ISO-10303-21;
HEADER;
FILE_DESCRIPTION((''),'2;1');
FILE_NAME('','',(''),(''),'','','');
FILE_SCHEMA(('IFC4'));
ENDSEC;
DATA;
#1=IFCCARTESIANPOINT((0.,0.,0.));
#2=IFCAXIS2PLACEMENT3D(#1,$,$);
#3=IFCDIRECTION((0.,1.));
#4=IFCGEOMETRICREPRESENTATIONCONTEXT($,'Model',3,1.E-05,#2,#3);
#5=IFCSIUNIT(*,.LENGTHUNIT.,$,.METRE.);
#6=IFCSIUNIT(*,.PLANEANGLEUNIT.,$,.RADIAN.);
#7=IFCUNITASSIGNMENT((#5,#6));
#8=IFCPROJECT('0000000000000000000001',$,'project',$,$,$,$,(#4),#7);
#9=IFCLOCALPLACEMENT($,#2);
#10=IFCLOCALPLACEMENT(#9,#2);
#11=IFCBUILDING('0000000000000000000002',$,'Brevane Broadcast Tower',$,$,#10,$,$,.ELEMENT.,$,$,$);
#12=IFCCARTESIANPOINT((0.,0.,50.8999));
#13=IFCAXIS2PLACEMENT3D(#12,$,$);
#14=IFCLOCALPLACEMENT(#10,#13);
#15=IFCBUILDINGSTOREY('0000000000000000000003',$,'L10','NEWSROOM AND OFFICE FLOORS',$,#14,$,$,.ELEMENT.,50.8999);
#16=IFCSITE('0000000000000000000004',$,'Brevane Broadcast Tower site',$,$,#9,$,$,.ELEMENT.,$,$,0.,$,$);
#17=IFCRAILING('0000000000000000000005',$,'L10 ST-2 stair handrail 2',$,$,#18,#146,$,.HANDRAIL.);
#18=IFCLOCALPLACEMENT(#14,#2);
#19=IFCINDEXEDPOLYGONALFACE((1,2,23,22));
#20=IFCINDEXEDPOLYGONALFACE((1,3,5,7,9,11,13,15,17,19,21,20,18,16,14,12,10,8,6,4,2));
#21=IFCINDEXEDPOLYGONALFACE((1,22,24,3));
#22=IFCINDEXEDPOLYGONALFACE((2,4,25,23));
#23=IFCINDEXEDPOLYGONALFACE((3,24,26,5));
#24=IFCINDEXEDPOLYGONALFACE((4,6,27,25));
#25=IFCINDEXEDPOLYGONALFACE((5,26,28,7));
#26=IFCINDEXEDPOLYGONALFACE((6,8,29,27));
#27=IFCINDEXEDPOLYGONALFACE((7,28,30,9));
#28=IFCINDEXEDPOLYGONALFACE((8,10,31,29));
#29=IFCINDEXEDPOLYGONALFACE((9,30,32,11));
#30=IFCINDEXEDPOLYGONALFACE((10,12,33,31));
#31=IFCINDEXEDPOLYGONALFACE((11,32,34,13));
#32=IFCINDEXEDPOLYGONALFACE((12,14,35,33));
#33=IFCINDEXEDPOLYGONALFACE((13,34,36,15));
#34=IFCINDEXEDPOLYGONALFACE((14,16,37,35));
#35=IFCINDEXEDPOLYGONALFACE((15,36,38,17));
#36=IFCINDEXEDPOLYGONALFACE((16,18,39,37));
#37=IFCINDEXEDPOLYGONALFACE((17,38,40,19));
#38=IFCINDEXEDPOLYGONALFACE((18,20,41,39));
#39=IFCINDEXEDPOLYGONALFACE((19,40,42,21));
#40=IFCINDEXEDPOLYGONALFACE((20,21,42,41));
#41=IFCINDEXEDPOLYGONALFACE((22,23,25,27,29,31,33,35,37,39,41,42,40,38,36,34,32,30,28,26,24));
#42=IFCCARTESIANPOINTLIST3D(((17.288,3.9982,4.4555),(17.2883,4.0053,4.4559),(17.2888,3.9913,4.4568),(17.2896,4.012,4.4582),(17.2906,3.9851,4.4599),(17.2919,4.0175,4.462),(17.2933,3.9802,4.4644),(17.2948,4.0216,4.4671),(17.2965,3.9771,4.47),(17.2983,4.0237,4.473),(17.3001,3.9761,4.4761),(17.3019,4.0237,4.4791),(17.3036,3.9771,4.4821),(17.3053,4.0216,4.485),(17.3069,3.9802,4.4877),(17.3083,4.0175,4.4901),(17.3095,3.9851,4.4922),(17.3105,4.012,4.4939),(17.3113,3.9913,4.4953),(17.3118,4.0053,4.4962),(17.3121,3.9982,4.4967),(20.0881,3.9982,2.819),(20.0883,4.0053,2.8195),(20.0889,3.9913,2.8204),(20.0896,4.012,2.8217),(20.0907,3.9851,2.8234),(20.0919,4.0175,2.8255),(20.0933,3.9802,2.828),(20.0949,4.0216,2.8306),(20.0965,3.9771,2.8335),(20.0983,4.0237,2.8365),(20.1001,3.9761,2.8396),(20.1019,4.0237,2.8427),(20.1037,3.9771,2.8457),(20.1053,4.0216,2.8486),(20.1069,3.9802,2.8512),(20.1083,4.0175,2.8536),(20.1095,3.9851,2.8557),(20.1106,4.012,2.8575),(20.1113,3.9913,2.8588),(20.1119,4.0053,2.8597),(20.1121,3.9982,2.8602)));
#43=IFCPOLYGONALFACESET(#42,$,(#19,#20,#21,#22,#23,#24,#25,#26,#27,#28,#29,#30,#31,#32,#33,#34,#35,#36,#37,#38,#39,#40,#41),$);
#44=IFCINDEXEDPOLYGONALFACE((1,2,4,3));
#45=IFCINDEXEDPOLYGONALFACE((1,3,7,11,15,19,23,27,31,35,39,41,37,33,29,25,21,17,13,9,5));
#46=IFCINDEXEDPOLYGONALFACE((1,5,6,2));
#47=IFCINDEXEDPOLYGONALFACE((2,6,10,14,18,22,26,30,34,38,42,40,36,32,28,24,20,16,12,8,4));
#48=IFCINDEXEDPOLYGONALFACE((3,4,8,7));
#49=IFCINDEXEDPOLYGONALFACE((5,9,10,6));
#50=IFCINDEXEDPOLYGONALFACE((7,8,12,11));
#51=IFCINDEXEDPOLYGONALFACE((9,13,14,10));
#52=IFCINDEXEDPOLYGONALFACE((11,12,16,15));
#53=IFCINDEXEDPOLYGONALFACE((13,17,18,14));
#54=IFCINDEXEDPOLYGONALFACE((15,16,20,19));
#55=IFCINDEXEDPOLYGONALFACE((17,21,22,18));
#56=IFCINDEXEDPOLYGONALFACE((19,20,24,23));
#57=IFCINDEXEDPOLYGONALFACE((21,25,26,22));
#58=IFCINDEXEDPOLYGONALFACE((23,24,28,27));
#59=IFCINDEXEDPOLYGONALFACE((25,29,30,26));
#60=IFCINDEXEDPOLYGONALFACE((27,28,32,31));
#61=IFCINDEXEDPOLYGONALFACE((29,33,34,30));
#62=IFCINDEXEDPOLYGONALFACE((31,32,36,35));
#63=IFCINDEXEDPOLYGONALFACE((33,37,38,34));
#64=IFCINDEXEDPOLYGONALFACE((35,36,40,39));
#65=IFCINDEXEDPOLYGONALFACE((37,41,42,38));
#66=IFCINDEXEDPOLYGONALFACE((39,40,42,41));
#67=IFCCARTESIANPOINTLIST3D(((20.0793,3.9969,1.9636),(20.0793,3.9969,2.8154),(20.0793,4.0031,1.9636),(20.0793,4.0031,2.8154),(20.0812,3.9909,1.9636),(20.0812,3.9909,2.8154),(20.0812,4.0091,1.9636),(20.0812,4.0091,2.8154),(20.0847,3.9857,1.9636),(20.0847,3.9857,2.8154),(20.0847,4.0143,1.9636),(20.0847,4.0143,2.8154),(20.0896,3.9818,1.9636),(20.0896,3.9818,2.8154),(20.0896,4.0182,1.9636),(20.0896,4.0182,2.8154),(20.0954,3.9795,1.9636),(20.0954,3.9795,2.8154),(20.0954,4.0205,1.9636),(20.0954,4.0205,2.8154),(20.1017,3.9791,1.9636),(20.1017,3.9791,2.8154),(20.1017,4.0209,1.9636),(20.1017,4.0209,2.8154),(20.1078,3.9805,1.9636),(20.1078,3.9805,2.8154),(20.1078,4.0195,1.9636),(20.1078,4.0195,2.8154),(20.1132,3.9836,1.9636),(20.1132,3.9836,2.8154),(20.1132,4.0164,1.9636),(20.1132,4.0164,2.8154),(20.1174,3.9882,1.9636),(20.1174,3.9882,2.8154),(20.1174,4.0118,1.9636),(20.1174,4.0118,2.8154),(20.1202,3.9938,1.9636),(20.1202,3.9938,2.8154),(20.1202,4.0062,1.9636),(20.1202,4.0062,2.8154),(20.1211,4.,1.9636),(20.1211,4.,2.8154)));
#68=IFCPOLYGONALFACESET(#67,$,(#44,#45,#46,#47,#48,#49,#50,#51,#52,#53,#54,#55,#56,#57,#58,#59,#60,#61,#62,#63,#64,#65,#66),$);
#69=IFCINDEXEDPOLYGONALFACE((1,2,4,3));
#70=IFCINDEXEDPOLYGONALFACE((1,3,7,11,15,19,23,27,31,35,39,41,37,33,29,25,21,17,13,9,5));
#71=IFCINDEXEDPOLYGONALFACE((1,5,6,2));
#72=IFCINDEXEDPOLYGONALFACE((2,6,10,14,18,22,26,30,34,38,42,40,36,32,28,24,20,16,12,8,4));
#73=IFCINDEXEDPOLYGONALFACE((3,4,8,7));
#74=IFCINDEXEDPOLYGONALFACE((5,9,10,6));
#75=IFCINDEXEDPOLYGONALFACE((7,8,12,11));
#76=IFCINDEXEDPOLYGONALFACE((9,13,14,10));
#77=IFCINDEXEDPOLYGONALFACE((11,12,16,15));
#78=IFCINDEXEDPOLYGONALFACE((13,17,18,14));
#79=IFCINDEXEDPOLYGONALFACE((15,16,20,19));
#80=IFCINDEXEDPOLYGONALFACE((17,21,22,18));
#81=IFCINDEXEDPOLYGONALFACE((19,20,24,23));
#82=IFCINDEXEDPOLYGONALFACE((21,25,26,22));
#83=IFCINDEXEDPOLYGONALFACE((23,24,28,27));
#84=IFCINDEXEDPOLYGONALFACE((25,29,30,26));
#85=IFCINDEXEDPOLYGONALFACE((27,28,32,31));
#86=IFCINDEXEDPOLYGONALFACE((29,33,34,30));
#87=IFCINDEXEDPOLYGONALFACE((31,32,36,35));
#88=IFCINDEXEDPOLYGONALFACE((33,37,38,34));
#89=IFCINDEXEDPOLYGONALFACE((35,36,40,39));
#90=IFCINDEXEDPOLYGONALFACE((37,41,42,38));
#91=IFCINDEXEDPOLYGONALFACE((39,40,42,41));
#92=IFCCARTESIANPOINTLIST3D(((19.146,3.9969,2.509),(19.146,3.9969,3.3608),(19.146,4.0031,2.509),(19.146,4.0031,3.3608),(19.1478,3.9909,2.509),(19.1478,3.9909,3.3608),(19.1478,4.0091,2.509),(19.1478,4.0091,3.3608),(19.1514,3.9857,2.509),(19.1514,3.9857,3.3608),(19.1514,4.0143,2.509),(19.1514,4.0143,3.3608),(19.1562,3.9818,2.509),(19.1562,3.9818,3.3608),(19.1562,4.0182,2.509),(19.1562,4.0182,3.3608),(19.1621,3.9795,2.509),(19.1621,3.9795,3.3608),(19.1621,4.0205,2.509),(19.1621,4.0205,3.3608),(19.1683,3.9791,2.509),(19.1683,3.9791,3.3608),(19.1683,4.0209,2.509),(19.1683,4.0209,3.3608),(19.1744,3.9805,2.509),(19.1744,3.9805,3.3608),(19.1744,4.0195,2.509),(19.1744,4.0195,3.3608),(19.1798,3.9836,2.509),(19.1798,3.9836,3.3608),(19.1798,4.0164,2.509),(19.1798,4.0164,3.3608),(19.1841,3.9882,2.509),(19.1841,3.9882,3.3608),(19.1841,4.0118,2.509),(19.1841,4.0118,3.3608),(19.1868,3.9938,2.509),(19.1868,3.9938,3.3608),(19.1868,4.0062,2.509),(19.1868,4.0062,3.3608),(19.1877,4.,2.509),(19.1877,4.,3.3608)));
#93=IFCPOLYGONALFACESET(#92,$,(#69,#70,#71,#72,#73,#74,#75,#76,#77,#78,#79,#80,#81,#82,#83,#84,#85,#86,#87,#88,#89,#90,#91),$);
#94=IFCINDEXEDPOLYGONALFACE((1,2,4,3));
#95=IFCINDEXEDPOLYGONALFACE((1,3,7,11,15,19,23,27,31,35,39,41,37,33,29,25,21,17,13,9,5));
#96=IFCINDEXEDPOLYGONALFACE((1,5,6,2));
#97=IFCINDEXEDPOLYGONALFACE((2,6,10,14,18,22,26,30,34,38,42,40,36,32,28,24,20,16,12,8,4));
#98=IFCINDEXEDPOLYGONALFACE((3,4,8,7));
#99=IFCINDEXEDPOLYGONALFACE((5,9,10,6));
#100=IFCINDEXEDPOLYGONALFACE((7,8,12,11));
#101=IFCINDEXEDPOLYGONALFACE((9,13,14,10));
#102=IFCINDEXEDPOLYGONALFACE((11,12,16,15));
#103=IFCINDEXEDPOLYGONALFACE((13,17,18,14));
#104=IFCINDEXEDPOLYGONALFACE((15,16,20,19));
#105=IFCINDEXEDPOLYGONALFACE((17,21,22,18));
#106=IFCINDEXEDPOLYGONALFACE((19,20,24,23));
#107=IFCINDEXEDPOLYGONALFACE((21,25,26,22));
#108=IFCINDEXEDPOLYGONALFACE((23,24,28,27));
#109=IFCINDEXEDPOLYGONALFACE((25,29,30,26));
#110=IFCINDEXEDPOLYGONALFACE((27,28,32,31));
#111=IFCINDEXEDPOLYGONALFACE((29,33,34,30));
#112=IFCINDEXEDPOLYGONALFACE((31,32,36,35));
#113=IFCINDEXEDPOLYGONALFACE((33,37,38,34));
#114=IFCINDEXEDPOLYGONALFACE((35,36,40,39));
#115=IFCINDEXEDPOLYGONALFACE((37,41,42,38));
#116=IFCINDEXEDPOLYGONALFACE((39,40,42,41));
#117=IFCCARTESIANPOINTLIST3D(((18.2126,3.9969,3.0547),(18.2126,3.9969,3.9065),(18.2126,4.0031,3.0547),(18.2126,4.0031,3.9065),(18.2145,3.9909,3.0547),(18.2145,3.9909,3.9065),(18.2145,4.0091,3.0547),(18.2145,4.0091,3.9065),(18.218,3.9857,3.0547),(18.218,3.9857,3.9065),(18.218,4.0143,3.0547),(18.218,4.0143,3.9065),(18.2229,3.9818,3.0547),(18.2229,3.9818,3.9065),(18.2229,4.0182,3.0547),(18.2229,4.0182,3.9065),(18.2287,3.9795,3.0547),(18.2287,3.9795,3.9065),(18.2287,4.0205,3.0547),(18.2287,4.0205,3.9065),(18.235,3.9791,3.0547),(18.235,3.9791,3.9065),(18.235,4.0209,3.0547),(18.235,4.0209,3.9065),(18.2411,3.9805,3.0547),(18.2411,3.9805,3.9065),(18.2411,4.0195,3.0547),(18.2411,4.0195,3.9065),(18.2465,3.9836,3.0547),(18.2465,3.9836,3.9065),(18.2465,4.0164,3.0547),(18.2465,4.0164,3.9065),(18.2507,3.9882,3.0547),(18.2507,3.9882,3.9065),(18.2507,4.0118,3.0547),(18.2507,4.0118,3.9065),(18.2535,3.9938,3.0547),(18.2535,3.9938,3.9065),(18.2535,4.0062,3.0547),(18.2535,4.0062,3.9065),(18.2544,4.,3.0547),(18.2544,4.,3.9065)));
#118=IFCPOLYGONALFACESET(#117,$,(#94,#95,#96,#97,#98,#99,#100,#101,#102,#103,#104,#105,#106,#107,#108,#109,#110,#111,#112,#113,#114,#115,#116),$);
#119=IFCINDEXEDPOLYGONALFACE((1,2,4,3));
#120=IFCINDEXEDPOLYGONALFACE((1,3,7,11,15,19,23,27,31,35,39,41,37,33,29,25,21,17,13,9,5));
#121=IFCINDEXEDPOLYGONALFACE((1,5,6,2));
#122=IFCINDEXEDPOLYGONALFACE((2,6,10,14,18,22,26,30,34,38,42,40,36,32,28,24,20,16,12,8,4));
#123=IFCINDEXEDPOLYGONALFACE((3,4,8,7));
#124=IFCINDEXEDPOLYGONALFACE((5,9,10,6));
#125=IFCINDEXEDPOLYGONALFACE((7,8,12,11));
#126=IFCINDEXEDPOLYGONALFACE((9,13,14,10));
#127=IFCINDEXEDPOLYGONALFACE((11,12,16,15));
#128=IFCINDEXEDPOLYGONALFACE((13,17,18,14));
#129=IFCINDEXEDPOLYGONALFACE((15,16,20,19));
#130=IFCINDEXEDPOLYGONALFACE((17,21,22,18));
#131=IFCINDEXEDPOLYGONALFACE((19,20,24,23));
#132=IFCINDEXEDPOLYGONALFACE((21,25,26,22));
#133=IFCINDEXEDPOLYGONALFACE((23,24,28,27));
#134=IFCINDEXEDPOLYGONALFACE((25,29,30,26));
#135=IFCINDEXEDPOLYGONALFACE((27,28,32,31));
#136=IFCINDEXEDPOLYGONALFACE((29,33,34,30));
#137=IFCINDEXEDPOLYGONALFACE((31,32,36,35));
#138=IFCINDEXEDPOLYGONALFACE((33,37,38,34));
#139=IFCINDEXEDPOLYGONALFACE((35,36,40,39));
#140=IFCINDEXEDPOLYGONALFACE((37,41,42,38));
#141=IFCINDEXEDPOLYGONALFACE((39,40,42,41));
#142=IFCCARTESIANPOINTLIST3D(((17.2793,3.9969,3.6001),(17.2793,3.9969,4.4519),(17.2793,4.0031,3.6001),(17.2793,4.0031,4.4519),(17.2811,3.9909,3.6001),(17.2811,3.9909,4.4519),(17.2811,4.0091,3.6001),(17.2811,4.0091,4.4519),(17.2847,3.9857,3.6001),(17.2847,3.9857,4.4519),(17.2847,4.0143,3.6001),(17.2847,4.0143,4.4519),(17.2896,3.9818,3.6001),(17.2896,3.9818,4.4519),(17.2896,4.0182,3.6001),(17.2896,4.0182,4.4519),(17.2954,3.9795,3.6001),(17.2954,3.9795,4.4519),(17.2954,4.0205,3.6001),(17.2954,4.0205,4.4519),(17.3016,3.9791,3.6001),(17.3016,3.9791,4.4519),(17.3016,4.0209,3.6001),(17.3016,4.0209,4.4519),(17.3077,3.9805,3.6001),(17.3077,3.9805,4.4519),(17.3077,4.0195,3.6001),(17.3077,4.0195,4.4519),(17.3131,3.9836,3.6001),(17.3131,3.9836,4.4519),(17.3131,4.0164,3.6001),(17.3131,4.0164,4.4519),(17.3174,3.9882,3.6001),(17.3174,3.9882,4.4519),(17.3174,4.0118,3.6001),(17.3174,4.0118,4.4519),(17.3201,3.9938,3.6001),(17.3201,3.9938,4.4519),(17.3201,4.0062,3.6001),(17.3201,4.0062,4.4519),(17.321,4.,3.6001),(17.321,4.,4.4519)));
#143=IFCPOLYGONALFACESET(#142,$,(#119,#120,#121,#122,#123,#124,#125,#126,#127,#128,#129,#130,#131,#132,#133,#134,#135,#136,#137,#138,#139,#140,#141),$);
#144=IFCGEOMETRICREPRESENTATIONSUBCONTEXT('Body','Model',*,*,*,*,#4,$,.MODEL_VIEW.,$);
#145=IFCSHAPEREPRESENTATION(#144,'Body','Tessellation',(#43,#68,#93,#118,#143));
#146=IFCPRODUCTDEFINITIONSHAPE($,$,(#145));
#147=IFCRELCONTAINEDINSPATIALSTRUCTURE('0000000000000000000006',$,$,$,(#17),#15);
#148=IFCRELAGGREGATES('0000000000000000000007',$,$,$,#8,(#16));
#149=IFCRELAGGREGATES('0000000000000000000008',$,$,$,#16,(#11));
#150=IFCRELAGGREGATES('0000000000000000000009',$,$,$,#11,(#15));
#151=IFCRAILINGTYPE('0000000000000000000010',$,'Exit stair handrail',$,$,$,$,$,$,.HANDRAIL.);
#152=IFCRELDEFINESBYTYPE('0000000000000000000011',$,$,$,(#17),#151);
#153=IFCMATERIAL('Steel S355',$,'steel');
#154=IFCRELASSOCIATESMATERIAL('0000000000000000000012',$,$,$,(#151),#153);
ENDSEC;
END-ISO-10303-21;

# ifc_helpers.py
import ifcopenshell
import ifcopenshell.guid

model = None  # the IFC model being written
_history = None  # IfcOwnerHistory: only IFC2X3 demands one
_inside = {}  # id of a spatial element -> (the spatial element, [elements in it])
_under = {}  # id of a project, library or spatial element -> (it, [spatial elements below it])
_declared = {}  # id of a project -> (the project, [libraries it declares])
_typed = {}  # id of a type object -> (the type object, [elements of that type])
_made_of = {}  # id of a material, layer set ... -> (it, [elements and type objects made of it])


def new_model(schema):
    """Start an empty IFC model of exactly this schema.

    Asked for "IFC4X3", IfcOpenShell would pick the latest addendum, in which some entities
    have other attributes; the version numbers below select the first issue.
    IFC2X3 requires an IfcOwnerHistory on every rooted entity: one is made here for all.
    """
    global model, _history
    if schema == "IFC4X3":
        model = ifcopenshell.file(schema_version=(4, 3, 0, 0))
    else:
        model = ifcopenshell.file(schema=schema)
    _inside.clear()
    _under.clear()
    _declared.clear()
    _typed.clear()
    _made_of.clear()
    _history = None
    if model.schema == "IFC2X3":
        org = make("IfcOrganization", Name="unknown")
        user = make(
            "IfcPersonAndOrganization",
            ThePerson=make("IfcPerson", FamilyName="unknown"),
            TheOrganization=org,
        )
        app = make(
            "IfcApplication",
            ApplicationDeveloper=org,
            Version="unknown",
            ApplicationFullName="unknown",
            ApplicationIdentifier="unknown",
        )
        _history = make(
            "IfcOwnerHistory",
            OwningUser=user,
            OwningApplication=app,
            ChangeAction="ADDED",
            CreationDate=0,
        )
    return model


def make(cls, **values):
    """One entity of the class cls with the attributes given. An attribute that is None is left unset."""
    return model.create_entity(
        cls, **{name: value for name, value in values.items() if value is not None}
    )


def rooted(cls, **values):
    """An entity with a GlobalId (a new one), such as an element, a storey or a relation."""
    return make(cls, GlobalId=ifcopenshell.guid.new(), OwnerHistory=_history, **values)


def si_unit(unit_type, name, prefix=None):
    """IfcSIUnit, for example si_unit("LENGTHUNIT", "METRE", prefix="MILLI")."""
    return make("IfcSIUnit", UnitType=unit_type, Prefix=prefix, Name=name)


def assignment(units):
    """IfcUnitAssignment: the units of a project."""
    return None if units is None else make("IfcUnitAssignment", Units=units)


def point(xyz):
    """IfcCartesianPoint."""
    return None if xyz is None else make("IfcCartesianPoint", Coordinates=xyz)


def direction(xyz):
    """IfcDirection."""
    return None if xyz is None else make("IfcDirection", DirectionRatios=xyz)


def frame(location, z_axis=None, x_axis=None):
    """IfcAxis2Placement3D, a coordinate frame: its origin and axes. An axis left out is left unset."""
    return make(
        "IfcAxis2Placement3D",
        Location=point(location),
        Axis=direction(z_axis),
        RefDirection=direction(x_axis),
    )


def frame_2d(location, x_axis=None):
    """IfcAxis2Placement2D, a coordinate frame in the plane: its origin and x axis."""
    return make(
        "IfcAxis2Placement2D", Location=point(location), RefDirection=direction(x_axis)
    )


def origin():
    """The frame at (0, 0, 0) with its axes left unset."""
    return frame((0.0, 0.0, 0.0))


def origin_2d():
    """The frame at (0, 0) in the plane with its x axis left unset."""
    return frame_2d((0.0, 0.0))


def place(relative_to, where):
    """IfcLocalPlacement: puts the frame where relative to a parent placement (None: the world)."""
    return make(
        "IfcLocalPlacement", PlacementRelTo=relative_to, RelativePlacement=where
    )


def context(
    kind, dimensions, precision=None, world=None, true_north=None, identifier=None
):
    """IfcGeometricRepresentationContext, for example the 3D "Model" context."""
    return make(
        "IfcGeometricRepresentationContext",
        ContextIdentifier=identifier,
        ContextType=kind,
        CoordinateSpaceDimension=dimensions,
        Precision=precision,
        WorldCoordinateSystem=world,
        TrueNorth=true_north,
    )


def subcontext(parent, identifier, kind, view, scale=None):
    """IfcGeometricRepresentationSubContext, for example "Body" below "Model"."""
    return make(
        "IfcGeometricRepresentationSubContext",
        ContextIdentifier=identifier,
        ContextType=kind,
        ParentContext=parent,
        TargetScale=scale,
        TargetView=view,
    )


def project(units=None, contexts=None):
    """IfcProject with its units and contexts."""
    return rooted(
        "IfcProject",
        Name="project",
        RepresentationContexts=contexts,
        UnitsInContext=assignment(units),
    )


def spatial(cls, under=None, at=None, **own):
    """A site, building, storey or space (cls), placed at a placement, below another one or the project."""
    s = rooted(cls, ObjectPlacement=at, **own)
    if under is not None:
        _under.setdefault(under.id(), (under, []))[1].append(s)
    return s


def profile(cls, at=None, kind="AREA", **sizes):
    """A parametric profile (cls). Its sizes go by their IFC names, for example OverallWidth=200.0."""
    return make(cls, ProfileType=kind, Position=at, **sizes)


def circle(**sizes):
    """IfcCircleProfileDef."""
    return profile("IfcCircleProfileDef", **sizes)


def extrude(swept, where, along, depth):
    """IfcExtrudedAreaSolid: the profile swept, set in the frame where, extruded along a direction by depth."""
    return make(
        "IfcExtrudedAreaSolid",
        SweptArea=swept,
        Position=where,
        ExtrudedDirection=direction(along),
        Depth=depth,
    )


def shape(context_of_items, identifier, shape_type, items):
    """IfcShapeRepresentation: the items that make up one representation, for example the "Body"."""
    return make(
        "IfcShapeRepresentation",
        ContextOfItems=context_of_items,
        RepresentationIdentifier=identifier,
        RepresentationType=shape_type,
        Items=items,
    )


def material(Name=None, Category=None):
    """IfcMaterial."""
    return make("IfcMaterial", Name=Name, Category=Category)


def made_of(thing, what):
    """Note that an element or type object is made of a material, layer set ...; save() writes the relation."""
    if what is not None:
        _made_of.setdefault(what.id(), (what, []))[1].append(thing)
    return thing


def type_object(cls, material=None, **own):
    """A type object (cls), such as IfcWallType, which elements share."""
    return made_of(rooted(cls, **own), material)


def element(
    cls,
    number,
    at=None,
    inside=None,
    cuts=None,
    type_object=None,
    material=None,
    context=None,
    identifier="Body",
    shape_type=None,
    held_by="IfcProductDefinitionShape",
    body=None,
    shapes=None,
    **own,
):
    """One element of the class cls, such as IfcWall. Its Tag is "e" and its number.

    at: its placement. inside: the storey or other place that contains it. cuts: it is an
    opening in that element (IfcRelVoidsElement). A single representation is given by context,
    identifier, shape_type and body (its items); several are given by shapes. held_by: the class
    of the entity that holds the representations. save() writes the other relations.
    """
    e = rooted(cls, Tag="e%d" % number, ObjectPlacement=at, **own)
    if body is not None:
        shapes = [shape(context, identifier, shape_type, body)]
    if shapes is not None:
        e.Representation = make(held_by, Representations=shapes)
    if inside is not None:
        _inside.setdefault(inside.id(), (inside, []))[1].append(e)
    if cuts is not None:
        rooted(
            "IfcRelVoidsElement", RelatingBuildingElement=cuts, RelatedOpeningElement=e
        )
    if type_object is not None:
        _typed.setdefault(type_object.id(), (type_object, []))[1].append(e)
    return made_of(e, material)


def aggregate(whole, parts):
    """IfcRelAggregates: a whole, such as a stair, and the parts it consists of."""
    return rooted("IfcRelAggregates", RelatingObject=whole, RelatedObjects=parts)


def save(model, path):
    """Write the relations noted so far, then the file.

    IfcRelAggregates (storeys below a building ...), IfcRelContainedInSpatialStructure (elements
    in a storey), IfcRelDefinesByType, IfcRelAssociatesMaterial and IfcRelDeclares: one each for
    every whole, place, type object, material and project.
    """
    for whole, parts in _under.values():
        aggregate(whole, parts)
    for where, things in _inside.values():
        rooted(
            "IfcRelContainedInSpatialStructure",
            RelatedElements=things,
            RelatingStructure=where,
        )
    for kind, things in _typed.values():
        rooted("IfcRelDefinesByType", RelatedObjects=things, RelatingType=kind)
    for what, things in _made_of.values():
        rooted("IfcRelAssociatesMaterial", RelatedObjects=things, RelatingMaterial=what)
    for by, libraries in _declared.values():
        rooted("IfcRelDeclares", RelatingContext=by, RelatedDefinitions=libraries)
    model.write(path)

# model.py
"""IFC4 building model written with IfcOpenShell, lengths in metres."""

from ifc_helpers import new_model, si_unit, direction, frame, origin, origin_2d, place, context, subcontext, project, spatial, circle, extrude, material, type_object, element, save


model = new_model("IFC4")

# Units and contexts
model_context = context("Model", 3, precision=1e-05, world=origin(), true_north=direction((0.0, 1.0)))
body_context = subcontext(model_context, "Body", "Model", "MODEL_VIEW")
ifc_project = project(units=[si_unit("LENGTHUNIT", "METRE"), si_unit("PLANEANGLEUNIT", "RADIAN")], contexts=[model_context])

# Site, building, storey
site_placement = place(None, origin())
site = spatial("IfcSite", under=ifc_project, at=site_placement, Name="Brevane Broadcast Tower site", CompositionType="ELEMENT", RefElevation=0.0)
building_placement = place(site_placement, origin())
building = spatial("IfcBuilding", under=site, at=building_placement, Name="Brevane Broadcast Tower", CompositionType="ELEMENT")
storey_placement = place(building_placement, frame((0.0, 0.0, 50.8999)))
storey = spatial("IfcBuildingStorey", under=building, at=storey_placement, Name="L10", Description="NEWSROOM AND OFFICE FLOORS", CompositionType="ELEMENT", Elevation=50.8999)

# Railing
ifc_material_1 = material(Name="Steel S355", Category="steel")
railing_type_1 = type_object("IfcRailingType", Name="Exit stair handrail", PredefinedType="HANDRAIL", material=ifc_material_1)
railing_1_placement = place(storey_placement, frame((20.1001, 4.0, 1.9636)))
element("IfcRailing", 1, at=railing_1_placement, inside=storey, type_object=railing_type_1, Name="L10 ST-2 stair handrail 2", PredefinedType="HANDRAIL", context=body_context, shape_type="SweptSolid", body=[
    extrude(circle(Radius=0.0239, at=origin_2d()), frame((0.0, 0.0, 0.876), z_axis=(-0.863361, 0.0, 0.504587), x_axis=(0.0, -1.0, 0.0)), (0.0, 0.0, 1.0), 3.2432),
    extrude(circle(Radius=0.021, at=origin_2d()), origin(), (0.0, 0.0, 1.0), 0.8518),
    extrude(circle(Radius=0.021, at=origin_2d()), frame((-0.9333, 0.0, 0.5454)), (0.0, 0.0, 1.0), 0.8518),
    extrude(circle(Radius=0.021, at=origin_2d()), frame((-1.8667, 0.0, 1.0911)), (0.0, 0.0, 1.0), 0.8518),
    extrude(circle(Radius=0.021, at=origin_2d()), frame((-2.8, 0.0, 1.6365)), (0.0, 0.0, 1.0), 0.8518),
])

save(model, "model.ifc")
